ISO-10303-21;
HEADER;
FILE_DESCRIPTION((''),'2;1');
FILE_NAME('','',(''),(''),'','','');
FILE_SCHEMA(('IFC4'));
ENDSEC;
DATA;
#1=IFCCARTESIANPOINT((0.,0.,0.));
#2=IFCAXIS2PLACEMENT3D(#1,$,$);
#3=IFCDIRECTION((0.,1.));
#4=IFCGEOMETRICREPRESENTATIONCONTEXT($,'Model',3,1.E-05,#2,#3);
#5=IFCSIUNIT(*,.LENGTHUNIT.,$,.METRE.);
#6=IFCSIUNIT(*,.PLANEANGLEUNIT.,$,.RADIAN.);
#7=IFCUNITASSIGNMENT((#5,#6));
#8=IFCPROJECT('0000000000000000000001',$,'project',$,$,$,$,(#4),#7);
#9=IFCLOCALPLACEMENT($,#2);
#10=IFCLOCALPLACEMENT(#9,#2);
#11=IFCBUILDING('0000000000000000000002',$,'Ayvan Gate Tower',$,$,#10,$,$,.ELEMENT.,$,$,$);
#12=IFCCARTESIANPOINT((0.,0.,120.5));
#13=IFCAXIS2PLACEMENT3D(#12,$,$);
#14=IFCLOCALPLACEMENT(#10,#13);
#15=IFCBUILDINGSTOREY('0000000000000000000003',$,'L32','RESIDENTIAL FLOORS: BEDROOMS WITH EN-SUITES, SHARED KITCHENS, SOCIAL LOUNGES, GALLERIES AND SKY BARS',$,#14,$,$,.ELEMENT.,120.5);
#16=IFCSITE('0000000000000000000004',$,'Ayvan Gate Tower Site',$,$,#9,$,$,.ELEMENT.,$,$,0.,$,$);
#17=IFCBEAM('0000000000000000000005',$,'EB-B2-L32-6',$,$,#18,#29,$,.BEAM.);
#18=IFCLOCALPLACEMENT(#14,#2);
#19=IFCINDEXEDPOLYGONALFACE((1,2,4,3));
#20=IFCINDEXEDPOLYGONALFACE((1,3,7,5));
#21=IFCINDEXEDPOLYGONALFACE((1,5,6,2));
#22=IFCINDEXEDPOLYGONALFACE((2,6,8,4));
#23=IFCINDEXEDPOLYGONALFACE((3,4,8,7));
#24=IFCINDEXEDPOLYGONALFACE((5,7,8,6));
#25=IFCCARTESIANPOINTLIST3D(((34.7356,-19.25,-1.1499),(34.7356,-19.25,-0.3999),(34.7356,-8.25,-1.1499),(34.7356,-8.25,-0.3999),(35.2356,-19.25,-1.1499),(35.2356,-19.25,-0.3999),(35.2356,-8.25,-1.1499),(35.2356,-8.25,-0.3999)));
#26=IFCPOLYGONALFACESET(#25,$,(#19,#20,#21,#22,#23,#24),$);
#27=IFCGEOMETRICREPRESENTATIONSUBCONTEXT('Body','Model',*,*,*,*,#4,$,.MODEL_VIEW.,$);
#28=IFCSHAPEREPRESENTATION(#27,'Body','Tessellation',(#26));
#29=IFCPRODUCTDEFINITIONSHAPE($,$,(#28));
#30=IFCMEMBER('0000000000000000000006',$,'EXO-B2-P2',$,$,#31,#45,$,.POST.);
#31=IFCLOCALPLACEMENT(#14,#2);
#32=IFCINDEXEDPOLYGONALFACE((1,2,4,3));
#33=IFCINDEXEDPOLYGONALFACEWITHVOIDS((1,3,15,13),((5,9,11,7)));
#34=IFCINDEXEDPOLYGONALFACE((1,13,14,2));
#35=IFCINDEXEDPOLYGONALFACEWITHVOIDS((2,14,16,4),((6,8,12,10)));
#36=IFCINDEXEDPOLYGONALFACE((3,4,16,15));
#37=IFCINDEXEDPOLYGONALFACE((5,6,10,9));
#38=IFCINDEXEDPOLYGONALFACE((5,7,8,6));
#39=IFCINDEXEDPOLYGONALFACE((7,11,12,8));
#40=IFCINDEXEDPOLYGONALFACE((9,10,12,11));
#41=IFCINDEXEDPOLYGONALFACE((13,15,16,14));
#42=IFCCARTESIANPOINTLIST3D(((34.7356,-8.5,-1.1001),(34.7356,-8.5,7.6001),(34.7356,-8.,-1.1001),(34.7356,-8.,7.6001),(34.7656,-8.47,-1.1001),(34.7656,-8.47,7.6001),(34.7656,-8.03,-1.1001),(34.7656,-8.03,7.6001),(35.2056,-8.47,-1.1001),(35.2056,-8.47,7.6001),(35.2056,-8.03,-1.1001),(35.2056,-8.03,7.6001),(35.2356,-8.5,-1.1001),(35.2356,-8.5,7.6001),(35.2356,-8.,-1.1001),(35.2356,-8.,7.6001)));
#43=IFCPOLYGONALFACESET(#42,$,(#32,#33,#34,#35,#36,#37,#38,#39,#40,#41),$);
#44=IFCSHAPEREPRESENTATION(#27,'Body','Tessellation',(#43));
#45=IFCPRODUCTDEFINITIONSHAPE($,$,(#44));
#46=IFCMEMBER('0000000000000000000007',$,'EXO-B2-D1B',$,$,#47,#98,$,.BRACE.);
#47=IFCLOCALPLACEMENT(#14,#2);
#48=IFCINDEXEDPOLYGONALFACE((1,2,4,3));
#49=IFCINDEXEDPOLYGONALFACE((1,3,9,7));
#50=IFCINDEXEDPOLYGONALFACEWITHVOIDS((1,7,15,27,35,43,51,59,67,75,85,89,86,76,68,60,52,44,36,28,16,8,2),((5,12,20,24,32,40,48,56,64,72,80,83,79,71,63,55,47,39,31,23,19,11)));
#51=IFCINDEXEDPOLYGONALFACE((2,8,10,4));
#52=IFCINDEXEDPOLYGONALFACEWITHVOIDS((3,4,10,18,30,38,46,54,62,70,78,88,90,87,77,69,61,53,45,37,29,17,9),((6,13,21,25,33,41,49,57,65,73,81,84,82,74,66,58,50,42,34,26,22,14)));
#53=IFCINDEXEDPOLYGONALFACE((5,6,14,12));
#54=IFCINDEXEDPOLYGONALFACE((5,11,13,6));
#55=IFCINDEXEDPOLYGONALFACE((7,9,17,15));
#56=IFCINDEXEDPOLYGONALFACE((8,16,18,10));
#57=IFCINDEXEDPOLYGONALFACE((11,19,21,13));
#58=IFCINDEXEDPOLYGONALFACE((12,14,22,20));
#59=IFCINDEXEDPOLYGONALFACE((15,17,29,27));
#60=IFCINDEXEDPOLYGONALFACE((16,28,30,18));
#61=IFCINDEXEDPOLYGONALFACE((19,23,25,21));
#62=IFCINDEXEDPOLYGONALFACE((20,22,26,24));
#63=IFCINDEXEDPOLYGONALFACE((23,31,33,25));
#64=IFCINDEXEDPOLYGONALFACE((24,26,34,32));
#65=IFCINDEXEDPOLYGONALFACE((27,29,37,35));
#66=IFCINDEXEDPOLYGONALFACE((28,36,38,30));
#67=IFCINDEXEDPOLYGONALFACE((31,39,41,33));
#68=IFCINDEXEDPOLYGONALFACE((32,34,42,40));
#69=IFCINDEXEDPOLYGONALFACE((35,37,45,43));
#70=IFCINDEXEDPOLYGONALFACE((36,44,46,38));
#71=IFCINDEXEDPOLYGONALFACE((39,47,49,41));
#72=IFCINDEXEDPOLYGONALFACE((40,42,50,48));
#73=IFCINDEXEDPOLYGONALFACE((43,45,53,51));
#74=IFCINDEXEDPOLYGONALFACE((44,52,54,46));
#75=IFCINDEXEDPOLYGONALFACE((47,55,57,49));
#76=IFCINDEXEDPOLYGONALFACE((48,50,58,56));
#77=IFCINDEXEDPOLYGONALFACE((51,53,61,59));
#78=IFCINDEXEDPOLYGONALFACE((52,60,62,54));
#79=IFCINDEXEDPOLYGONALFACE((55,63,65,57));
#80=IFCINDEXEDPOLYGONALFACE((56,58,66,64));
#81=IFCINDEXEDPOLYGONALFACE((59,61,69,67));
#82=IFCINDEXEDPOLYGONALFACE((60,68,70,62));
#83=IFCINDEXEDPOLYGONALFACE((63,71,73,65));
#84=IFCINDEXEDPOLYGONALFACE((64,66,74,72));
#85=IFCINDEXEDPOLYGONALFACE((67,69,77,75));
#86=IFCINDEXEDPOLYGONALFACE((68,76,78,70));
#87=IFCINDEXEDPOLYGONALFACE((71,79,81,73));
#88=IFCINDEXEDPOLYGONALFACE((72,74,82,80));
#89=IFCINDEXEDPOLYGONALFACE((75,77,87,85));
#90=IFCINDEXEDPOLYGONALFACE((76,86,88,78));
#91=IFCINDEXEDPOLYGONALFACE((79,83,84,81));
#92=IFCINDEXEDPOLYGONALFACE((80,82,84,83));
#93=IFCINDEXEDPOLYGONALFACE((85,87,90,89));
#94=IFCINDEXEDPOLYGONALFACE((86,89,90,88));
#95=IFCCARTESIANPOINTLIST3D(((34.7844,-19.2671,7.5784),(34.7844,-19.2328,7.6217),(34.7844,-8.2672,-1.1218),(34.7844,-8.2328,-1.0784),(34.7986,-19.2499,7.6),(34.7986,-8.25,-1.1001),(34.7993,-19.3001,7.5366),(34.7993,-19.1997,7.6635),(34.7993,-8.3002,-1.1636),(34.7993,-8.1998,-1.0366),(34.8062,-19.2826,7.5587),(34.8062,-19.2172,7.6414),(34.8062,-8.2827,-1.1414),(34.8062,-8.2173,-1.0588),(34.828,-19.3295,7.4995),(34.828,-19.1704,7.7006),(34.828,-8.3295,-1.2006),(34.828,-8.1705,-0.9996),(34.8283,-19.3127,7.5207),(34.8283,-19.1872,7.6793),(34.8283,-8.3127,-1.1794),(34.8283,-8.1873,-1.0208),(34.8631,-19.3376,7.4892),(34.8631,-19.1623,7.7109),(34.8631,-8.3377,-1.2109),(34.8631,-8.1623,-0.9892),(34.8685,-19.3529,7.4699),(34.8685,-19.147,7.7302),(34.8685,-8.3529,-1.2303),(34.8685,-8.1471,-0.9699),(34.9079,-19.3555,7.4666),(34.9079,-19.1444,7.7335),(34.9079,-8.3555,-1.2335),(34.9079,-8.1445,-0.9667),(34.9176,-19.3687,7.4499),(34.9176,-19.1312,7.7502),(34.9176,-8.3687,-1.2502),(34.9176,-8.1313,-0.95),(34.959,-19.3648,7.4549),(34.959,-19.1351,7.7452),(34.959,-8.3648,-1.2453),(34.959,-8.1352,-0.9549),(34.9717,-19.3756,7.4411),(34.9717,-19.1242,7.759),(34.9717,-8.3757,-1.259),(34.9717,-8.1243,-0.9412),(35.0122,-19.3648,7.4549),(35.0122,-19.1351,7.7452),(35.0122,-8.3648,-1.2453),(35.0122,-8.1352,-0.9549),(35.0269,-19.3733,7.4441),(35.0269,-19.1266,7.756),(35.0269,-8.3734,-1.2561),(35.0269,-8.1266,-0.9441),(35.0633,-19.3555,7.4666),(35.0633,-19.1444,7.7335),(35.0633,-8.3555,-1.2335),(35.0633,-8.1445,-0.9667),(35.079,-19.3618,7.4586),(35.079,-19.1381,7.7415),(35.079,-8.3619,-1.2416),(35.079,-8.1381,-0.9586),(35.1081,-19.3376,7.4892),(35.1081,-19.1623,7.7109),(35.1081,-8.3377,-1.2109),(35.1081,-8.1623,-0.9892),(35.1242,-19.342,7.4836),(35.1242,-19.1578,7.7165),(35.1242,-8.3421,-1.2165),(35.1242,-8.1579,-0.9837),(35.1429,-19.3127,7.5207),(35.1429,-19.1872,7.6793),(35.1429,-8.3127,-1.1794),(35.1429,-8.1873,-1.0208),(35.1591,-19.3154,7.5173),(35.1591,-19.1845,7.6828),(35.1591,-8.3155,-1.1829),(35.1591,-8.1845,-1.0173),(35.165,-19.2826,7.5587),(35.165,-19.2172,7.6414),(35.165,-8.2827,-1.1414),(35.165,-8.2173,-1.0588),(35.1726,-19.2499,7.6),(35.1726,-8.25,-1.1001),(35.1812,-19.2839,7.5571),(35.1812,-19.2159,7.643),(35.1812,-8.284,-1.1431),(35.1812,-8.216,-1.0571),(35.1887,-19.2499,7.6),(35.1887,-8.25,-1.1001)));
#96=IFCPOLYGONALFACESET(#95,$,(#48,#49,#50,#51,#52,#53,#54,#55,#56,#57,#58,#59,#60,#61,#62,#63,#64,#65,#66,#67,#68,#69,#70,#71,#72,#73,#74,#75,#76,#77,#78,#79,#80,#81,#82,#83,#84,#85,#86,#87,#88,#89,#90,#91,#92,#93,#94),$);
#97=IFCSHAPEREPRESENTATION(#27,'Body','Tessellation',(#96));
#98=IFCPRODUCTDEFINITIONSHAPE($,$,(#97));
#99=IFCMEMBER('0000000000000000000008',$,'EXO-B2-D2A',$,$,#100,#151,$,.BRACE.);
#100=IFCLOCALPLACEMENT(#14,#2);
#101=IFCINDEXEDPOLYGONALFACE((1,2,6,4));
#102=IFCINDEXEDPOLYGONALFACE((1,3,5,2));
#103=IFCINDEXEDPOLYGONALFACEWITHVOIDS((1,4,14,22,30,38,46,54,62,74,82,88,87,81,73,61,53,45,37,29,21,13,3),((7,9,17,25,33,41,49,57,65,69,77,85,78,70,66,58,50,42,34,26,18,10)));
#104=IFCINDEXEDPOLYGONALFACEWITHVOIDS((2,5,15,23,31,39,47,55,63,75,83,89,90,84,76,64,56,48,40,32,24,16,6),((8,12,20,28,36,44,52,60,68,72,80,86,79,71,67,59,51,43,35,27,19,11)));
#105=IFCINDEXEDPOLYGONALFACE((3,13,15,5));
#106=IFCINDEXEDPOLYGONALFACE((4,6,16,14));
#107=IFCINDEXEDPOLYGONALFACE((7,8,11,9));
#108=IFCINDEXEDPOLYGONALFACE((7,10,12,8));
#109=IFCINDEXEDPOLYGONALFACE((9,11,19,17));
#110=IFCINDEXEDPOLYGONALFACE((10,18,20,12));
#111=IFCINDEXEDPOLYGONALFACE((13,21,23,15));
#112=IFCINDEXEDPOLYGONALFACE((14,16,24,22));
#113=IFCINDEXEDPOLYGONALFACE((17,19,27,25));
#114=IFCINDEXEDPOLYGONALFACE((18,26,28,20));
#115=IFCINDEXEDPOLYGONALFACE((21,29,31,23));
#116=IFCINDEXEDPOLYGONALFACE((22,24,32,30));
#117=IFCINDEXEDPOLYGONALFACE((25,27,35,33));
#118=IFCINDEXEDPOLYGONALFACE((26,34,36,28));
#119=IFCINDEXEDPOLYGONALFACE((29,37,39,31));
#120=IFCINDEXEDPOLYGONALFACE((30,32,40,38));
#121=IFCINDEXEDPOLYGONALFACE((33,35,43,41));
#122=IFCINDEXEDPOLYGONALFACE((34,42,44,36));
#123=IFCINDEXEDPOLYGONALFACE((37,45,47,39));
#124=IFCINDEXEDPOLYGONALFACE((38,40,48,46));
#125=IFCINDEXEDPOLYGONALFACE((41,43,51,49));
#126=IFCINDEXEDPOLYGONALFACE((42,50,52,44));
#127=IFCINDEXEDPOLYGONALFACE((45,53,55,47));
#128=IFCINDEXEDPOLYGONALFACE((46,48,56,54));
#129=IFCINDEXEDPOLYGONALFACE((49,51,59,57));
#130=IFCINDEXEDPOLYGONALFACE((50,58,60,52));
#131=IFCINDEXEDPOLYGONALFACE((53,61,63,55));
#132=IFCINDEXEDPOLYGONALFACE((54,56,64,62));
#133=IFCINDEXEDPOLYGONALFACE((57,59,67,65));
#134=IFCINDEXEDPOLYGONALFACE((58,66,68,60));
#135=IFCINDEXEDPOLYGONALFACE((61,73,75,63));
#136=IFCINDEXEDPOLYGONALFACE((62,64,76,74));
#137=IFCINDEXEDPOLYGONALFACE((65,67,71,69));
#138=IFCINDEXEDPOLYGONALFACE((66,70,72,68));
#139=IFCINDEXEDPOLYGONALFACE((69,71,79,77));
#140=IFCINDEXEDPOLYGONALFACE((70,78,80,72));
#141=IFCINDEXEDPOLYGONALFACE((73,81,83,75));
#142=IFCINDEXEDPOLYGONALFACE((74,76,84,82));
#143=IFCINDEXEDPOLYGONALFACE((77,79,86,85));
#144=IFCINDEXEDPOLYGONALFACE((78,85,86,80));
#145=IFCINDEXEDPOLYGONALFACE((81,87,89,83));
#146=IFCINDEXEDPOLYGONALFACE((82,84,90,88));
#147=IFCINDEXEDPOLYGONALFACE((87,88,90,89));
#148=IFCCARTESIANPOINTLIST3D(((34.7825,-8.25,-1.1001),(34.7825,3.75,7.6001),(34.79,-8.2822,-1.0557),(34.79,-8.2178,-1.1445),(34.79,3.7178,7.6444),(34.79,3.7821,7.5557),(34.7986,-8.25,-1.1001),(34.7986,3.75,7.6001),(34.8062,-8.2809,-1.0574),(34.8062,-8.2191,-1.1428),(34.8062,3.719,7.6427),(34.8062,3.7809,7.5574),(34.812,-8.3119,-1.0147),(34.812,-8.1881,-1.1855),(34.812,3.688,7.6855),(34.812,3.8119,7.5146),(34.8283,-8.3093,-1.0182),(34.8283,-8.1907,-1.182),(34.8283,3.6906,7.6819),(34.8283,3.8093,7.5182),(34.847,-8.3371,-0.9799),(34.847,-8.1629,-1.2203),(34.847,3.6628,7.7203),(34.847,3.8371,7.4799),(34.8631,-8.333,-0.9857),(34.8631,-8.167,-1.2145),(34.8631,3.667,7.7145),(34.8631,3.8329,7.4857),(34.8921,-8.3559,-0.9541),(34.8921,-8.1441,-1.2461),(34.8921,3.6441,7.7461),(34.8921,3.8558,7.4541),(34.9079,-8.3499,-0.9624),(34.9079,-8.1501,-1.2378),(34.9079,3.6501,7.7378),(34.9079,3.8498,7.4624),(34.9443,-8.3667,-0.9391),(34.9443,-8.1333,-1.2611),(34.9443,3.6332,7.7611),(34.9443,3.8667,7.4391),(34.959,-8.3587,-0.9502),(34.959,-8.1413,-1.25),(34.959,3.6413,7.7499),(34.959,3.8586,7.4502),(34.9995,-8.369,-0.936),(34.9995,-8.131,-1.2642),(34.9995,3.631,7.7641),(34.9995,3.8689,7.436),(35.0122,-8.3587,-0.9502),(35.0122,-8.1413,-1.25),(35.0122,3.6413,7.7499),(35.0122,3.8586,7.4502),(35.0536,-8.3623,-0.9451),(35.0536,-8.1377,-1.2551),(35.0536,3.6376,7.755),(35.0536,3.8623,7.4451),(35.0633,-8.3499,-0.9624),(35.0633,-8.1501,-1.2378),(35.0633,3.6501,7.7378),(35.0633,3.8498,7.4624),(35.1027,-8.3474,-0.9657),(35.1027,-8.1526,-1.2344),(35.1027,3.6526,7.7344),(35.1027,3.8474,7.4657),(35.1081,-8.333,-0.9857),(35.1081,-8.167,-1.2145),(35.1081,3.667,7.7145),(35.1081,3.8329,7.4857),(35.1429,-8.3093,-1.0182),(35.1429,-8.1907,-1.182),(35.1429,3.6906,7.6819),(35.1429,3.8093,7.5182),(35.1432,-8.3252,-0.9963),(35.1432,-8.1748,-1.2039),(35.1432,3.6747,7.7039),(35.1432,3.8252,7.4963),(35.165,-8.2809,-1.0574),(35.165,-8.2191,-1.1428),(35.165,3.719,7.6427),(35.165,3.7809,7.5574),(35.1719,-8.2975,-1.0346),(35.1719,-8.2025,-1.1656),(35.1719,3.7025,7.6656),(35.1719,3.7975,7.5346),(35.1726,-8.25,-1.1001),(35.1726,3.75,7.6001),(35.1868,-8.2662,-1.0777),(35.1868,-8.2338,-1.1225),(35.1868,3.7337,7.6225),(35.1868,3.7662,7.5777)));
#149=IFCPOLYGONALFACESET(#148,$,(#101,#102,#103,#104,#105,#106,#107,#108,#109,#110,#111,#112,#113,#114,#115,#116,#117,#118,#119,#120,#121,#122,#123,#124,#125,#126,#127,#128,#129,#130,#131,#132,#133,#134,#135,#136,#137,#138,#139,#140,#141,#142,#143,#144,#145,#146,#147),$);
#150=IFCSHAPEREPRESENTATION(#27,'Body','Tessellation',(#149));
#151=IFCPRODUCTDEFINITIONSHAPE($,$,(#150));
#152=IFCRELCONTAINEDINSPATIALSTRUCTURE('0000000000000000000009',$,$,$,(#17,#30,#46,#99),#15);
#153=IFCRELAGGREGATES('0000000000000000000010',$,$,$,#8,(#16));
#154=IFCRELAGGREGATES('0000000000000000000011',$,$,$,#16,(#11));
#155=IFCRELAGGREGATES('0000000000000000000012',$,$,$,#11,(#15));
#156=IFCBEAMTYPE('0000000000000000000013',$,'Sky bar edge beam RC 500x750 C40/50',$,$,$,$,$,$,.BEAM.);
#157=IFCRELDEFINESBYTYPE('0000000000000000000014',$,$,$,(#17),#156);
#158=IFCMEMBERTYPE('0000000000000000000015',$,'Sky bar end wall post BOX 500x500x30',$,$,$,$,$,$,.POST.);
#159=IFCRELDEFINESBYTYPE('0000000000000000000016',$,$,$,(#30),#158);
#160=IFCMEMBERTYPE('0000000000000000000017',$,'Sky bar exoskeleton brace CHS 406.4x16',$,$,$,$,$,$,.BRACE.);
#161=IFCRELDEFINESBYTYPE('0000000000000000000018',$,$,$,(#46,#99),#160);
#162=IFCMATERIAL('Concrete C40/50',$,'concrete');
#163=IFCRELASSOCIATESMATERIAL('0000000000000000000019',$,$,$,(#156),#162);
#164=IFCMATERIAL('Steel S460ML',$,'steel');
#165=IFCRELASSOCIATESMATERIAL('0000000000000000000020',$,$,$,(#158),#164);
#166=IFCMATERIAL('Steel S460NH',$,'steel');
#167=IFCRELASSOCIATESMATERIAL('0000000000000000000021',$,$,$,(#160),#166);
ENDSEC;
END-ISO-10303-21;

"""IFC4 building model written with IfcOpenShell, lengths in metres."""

from ifc_helpers import new_model, si_unit, direction, frame, origin, origin_2d, place, context, subcontext, project, spatial, rectangle, hollow_rectangle, hollow_circle, extrude, material, material_profile, profile_set, type_object, element, save


model = new_model("IFC4")

# Units and contexts
model_context = context("Model", 3, precision=1e-05, world=origin(), true_north=direction((0.0, 1.0)))
body_context = subcontext(model_context, "Body", "Model", "MODEL_VIEW")
ifc_project = project(units=[si_unit("LENGTHUNIT", "METRE"), si_unit("PLANEANGLEUNIT", "RADIAN")], contexts=[model_context])

# Site, building, storey
site_placement = place(None, origin())
site = spatial("IfcSite", under=ifc_project, at=site_placement, Name="Ayvan Gate Tower Site", CompositionType="ELEMENT", RefElevation=0.0)
building_placement = place(site_placement, origin())
building = spatial("IfcBuilding", under=site, at=building_placement, Name="Ayvan Gate Tower", CompositionType="ELEMENT")
storey_placement = place(building_placement, frame((0.0, 0.0, 120.5)))
storey = spatial("IfcBuildingStorey", under=building, at=storey_placement, Name="L32", Description="RESIDENTIAL FLOORS: BEDROOMS WITH EN-SUITES, SHARED KITCHENS, SOCIAL LOUNGES, GALLERIES AND SKY BARS", CompositionType="ELEMENT", Elevation=120.5)

# Beam
ifc_material_1 = material(Name="Concrete C40/50", Category="concrete")
ifc_material_profile_1 = material_profile(ifc_material_1, rectangle(XDim=0.5, YDim=0.75, at=origin_2d()), Name="RC 500x750")
ifc_profile_set_1 = profile_set([ifc_material_profile_1], Name="Concrete C40/50")
beam_type = type_object("IfcBeamType", Name="Sky bar edge beam RC 500x750 C40/50", PredefinedType="BEAM", material=ifc_profile_set_1)
beam_placement = place(storey_placement, frame((34.9856, -8.25, -0.7749), z_axis=(0.0, -1.0, 0.0), x_axis=(1.0, 0.0, 0.0)))
element("IfcBeam", 1, at=beam_placement, inside=storey, type_object=beam_type, Name="EB-B2-L32-6", PredefinedType="BEAM", context=body_context, shape_type="SweptSolid", body=[
    extrude(rectangle(XDim=0.5, YDim=0.75, at=origin_2d()), origin(), (0.0, 0.0, 1.0), 11.0),
])

# Members
ifc_material_2 = material(Name="Steel S460ML", Category="steel")
ifc_material_profile_2 = material_profile(ifc_material_2, hollow_rectangle(XDim=0.5, YDim=0.5, WallThickness=0.03, at=origin_2d()), Name="BOX 500x500x30")
ifc_profile_set_2 = profile_set([ifc_material_profile_2], Name="Steel S460ML")
member_type_1 = type_object("IfcMemberType", Name="Sky bar end wall post BOX 500x500x30", PredefinedType="POST", material=ifc_profile_set_2)
member_1_placement = place(storey_placement, frame((34.9856, -8.25, -1.1001), z_axis=(0.0, 0.0, 1.0), x_axis=(1.0, 0.0, 0.0)))
element("IfcMember", 2, at=member_1_placement, inside=storey, type_object=member_type_1, Name="EXO-B2-P2", PredefinedType="POST", context=body_context, shape_type="SweptSolid", body=[
    extrude(hollow_rectangle(XDim=0.5, YDim=0.5, WallThickness=0.03, at=origin_2d()), origin(), (0.0, 0.0, 1.0), 8.7002),
])
ifc_material_3 = material(Name="Steel S460NH", Category="steel")
ifc_material_profile_3 = material_profile(ifc_material_3, hollow_circle(Radius=0.2031, WallThickness=0.0161, at=origin_2d()), Name="CHS 406.4x16")
ifc_profile_set_3 = profile_set([ifc_material_profile_3], Name="Steel S460NH")
member_type_2 = type_object("IfcMemberType", Name="Sky bar exoskeleton brace CHS 406.4x16", PredefinedType="BRACE", material=ifc_profile_set_3)
member_2_placement = place(storey_placement, frame((34.9856, -8.25, -1.1001), z_axis=(0.0, -0.784328, 0.620346), x_axis=(1.0, 0.0, 0.0)))
element("IfcMember", 3, at=member_2_placement, inside=storey, type_object=member_type_2, Name="EXO-B2-D1B", PredefinedType="BRACE", context=body_context, shape_type="SweptSolid", body=[
    extrude(hollow_circle(Radius=0.2031, WallThickness=0.0161, at=origin_2d()), origin(), (0.0, 0.0, 1.0), 14.0247),
])
member_3_placement = place(storey_placement, frame((34.9856, -8.25, -1.1001), z_axis=(0.0, 0.809604, 0.586976), x_axis=(-1.0, 0.0, 0.0)))
element("IfcMember", 4, at=member_3_placement, inside=storey, type_object=member_type_2, Name="EXO-B2-D2A", PredefinedType="BRACE", context=body_context, shape_type="SweptSolid", body=[
    extrude(hollow_circle(Radius=0.2031, WallThickness=0.0161, at=origin_2d()), origin(), (0.0, 0.0, 1.0), 14.822),
])

save(model, "model.ifc")
